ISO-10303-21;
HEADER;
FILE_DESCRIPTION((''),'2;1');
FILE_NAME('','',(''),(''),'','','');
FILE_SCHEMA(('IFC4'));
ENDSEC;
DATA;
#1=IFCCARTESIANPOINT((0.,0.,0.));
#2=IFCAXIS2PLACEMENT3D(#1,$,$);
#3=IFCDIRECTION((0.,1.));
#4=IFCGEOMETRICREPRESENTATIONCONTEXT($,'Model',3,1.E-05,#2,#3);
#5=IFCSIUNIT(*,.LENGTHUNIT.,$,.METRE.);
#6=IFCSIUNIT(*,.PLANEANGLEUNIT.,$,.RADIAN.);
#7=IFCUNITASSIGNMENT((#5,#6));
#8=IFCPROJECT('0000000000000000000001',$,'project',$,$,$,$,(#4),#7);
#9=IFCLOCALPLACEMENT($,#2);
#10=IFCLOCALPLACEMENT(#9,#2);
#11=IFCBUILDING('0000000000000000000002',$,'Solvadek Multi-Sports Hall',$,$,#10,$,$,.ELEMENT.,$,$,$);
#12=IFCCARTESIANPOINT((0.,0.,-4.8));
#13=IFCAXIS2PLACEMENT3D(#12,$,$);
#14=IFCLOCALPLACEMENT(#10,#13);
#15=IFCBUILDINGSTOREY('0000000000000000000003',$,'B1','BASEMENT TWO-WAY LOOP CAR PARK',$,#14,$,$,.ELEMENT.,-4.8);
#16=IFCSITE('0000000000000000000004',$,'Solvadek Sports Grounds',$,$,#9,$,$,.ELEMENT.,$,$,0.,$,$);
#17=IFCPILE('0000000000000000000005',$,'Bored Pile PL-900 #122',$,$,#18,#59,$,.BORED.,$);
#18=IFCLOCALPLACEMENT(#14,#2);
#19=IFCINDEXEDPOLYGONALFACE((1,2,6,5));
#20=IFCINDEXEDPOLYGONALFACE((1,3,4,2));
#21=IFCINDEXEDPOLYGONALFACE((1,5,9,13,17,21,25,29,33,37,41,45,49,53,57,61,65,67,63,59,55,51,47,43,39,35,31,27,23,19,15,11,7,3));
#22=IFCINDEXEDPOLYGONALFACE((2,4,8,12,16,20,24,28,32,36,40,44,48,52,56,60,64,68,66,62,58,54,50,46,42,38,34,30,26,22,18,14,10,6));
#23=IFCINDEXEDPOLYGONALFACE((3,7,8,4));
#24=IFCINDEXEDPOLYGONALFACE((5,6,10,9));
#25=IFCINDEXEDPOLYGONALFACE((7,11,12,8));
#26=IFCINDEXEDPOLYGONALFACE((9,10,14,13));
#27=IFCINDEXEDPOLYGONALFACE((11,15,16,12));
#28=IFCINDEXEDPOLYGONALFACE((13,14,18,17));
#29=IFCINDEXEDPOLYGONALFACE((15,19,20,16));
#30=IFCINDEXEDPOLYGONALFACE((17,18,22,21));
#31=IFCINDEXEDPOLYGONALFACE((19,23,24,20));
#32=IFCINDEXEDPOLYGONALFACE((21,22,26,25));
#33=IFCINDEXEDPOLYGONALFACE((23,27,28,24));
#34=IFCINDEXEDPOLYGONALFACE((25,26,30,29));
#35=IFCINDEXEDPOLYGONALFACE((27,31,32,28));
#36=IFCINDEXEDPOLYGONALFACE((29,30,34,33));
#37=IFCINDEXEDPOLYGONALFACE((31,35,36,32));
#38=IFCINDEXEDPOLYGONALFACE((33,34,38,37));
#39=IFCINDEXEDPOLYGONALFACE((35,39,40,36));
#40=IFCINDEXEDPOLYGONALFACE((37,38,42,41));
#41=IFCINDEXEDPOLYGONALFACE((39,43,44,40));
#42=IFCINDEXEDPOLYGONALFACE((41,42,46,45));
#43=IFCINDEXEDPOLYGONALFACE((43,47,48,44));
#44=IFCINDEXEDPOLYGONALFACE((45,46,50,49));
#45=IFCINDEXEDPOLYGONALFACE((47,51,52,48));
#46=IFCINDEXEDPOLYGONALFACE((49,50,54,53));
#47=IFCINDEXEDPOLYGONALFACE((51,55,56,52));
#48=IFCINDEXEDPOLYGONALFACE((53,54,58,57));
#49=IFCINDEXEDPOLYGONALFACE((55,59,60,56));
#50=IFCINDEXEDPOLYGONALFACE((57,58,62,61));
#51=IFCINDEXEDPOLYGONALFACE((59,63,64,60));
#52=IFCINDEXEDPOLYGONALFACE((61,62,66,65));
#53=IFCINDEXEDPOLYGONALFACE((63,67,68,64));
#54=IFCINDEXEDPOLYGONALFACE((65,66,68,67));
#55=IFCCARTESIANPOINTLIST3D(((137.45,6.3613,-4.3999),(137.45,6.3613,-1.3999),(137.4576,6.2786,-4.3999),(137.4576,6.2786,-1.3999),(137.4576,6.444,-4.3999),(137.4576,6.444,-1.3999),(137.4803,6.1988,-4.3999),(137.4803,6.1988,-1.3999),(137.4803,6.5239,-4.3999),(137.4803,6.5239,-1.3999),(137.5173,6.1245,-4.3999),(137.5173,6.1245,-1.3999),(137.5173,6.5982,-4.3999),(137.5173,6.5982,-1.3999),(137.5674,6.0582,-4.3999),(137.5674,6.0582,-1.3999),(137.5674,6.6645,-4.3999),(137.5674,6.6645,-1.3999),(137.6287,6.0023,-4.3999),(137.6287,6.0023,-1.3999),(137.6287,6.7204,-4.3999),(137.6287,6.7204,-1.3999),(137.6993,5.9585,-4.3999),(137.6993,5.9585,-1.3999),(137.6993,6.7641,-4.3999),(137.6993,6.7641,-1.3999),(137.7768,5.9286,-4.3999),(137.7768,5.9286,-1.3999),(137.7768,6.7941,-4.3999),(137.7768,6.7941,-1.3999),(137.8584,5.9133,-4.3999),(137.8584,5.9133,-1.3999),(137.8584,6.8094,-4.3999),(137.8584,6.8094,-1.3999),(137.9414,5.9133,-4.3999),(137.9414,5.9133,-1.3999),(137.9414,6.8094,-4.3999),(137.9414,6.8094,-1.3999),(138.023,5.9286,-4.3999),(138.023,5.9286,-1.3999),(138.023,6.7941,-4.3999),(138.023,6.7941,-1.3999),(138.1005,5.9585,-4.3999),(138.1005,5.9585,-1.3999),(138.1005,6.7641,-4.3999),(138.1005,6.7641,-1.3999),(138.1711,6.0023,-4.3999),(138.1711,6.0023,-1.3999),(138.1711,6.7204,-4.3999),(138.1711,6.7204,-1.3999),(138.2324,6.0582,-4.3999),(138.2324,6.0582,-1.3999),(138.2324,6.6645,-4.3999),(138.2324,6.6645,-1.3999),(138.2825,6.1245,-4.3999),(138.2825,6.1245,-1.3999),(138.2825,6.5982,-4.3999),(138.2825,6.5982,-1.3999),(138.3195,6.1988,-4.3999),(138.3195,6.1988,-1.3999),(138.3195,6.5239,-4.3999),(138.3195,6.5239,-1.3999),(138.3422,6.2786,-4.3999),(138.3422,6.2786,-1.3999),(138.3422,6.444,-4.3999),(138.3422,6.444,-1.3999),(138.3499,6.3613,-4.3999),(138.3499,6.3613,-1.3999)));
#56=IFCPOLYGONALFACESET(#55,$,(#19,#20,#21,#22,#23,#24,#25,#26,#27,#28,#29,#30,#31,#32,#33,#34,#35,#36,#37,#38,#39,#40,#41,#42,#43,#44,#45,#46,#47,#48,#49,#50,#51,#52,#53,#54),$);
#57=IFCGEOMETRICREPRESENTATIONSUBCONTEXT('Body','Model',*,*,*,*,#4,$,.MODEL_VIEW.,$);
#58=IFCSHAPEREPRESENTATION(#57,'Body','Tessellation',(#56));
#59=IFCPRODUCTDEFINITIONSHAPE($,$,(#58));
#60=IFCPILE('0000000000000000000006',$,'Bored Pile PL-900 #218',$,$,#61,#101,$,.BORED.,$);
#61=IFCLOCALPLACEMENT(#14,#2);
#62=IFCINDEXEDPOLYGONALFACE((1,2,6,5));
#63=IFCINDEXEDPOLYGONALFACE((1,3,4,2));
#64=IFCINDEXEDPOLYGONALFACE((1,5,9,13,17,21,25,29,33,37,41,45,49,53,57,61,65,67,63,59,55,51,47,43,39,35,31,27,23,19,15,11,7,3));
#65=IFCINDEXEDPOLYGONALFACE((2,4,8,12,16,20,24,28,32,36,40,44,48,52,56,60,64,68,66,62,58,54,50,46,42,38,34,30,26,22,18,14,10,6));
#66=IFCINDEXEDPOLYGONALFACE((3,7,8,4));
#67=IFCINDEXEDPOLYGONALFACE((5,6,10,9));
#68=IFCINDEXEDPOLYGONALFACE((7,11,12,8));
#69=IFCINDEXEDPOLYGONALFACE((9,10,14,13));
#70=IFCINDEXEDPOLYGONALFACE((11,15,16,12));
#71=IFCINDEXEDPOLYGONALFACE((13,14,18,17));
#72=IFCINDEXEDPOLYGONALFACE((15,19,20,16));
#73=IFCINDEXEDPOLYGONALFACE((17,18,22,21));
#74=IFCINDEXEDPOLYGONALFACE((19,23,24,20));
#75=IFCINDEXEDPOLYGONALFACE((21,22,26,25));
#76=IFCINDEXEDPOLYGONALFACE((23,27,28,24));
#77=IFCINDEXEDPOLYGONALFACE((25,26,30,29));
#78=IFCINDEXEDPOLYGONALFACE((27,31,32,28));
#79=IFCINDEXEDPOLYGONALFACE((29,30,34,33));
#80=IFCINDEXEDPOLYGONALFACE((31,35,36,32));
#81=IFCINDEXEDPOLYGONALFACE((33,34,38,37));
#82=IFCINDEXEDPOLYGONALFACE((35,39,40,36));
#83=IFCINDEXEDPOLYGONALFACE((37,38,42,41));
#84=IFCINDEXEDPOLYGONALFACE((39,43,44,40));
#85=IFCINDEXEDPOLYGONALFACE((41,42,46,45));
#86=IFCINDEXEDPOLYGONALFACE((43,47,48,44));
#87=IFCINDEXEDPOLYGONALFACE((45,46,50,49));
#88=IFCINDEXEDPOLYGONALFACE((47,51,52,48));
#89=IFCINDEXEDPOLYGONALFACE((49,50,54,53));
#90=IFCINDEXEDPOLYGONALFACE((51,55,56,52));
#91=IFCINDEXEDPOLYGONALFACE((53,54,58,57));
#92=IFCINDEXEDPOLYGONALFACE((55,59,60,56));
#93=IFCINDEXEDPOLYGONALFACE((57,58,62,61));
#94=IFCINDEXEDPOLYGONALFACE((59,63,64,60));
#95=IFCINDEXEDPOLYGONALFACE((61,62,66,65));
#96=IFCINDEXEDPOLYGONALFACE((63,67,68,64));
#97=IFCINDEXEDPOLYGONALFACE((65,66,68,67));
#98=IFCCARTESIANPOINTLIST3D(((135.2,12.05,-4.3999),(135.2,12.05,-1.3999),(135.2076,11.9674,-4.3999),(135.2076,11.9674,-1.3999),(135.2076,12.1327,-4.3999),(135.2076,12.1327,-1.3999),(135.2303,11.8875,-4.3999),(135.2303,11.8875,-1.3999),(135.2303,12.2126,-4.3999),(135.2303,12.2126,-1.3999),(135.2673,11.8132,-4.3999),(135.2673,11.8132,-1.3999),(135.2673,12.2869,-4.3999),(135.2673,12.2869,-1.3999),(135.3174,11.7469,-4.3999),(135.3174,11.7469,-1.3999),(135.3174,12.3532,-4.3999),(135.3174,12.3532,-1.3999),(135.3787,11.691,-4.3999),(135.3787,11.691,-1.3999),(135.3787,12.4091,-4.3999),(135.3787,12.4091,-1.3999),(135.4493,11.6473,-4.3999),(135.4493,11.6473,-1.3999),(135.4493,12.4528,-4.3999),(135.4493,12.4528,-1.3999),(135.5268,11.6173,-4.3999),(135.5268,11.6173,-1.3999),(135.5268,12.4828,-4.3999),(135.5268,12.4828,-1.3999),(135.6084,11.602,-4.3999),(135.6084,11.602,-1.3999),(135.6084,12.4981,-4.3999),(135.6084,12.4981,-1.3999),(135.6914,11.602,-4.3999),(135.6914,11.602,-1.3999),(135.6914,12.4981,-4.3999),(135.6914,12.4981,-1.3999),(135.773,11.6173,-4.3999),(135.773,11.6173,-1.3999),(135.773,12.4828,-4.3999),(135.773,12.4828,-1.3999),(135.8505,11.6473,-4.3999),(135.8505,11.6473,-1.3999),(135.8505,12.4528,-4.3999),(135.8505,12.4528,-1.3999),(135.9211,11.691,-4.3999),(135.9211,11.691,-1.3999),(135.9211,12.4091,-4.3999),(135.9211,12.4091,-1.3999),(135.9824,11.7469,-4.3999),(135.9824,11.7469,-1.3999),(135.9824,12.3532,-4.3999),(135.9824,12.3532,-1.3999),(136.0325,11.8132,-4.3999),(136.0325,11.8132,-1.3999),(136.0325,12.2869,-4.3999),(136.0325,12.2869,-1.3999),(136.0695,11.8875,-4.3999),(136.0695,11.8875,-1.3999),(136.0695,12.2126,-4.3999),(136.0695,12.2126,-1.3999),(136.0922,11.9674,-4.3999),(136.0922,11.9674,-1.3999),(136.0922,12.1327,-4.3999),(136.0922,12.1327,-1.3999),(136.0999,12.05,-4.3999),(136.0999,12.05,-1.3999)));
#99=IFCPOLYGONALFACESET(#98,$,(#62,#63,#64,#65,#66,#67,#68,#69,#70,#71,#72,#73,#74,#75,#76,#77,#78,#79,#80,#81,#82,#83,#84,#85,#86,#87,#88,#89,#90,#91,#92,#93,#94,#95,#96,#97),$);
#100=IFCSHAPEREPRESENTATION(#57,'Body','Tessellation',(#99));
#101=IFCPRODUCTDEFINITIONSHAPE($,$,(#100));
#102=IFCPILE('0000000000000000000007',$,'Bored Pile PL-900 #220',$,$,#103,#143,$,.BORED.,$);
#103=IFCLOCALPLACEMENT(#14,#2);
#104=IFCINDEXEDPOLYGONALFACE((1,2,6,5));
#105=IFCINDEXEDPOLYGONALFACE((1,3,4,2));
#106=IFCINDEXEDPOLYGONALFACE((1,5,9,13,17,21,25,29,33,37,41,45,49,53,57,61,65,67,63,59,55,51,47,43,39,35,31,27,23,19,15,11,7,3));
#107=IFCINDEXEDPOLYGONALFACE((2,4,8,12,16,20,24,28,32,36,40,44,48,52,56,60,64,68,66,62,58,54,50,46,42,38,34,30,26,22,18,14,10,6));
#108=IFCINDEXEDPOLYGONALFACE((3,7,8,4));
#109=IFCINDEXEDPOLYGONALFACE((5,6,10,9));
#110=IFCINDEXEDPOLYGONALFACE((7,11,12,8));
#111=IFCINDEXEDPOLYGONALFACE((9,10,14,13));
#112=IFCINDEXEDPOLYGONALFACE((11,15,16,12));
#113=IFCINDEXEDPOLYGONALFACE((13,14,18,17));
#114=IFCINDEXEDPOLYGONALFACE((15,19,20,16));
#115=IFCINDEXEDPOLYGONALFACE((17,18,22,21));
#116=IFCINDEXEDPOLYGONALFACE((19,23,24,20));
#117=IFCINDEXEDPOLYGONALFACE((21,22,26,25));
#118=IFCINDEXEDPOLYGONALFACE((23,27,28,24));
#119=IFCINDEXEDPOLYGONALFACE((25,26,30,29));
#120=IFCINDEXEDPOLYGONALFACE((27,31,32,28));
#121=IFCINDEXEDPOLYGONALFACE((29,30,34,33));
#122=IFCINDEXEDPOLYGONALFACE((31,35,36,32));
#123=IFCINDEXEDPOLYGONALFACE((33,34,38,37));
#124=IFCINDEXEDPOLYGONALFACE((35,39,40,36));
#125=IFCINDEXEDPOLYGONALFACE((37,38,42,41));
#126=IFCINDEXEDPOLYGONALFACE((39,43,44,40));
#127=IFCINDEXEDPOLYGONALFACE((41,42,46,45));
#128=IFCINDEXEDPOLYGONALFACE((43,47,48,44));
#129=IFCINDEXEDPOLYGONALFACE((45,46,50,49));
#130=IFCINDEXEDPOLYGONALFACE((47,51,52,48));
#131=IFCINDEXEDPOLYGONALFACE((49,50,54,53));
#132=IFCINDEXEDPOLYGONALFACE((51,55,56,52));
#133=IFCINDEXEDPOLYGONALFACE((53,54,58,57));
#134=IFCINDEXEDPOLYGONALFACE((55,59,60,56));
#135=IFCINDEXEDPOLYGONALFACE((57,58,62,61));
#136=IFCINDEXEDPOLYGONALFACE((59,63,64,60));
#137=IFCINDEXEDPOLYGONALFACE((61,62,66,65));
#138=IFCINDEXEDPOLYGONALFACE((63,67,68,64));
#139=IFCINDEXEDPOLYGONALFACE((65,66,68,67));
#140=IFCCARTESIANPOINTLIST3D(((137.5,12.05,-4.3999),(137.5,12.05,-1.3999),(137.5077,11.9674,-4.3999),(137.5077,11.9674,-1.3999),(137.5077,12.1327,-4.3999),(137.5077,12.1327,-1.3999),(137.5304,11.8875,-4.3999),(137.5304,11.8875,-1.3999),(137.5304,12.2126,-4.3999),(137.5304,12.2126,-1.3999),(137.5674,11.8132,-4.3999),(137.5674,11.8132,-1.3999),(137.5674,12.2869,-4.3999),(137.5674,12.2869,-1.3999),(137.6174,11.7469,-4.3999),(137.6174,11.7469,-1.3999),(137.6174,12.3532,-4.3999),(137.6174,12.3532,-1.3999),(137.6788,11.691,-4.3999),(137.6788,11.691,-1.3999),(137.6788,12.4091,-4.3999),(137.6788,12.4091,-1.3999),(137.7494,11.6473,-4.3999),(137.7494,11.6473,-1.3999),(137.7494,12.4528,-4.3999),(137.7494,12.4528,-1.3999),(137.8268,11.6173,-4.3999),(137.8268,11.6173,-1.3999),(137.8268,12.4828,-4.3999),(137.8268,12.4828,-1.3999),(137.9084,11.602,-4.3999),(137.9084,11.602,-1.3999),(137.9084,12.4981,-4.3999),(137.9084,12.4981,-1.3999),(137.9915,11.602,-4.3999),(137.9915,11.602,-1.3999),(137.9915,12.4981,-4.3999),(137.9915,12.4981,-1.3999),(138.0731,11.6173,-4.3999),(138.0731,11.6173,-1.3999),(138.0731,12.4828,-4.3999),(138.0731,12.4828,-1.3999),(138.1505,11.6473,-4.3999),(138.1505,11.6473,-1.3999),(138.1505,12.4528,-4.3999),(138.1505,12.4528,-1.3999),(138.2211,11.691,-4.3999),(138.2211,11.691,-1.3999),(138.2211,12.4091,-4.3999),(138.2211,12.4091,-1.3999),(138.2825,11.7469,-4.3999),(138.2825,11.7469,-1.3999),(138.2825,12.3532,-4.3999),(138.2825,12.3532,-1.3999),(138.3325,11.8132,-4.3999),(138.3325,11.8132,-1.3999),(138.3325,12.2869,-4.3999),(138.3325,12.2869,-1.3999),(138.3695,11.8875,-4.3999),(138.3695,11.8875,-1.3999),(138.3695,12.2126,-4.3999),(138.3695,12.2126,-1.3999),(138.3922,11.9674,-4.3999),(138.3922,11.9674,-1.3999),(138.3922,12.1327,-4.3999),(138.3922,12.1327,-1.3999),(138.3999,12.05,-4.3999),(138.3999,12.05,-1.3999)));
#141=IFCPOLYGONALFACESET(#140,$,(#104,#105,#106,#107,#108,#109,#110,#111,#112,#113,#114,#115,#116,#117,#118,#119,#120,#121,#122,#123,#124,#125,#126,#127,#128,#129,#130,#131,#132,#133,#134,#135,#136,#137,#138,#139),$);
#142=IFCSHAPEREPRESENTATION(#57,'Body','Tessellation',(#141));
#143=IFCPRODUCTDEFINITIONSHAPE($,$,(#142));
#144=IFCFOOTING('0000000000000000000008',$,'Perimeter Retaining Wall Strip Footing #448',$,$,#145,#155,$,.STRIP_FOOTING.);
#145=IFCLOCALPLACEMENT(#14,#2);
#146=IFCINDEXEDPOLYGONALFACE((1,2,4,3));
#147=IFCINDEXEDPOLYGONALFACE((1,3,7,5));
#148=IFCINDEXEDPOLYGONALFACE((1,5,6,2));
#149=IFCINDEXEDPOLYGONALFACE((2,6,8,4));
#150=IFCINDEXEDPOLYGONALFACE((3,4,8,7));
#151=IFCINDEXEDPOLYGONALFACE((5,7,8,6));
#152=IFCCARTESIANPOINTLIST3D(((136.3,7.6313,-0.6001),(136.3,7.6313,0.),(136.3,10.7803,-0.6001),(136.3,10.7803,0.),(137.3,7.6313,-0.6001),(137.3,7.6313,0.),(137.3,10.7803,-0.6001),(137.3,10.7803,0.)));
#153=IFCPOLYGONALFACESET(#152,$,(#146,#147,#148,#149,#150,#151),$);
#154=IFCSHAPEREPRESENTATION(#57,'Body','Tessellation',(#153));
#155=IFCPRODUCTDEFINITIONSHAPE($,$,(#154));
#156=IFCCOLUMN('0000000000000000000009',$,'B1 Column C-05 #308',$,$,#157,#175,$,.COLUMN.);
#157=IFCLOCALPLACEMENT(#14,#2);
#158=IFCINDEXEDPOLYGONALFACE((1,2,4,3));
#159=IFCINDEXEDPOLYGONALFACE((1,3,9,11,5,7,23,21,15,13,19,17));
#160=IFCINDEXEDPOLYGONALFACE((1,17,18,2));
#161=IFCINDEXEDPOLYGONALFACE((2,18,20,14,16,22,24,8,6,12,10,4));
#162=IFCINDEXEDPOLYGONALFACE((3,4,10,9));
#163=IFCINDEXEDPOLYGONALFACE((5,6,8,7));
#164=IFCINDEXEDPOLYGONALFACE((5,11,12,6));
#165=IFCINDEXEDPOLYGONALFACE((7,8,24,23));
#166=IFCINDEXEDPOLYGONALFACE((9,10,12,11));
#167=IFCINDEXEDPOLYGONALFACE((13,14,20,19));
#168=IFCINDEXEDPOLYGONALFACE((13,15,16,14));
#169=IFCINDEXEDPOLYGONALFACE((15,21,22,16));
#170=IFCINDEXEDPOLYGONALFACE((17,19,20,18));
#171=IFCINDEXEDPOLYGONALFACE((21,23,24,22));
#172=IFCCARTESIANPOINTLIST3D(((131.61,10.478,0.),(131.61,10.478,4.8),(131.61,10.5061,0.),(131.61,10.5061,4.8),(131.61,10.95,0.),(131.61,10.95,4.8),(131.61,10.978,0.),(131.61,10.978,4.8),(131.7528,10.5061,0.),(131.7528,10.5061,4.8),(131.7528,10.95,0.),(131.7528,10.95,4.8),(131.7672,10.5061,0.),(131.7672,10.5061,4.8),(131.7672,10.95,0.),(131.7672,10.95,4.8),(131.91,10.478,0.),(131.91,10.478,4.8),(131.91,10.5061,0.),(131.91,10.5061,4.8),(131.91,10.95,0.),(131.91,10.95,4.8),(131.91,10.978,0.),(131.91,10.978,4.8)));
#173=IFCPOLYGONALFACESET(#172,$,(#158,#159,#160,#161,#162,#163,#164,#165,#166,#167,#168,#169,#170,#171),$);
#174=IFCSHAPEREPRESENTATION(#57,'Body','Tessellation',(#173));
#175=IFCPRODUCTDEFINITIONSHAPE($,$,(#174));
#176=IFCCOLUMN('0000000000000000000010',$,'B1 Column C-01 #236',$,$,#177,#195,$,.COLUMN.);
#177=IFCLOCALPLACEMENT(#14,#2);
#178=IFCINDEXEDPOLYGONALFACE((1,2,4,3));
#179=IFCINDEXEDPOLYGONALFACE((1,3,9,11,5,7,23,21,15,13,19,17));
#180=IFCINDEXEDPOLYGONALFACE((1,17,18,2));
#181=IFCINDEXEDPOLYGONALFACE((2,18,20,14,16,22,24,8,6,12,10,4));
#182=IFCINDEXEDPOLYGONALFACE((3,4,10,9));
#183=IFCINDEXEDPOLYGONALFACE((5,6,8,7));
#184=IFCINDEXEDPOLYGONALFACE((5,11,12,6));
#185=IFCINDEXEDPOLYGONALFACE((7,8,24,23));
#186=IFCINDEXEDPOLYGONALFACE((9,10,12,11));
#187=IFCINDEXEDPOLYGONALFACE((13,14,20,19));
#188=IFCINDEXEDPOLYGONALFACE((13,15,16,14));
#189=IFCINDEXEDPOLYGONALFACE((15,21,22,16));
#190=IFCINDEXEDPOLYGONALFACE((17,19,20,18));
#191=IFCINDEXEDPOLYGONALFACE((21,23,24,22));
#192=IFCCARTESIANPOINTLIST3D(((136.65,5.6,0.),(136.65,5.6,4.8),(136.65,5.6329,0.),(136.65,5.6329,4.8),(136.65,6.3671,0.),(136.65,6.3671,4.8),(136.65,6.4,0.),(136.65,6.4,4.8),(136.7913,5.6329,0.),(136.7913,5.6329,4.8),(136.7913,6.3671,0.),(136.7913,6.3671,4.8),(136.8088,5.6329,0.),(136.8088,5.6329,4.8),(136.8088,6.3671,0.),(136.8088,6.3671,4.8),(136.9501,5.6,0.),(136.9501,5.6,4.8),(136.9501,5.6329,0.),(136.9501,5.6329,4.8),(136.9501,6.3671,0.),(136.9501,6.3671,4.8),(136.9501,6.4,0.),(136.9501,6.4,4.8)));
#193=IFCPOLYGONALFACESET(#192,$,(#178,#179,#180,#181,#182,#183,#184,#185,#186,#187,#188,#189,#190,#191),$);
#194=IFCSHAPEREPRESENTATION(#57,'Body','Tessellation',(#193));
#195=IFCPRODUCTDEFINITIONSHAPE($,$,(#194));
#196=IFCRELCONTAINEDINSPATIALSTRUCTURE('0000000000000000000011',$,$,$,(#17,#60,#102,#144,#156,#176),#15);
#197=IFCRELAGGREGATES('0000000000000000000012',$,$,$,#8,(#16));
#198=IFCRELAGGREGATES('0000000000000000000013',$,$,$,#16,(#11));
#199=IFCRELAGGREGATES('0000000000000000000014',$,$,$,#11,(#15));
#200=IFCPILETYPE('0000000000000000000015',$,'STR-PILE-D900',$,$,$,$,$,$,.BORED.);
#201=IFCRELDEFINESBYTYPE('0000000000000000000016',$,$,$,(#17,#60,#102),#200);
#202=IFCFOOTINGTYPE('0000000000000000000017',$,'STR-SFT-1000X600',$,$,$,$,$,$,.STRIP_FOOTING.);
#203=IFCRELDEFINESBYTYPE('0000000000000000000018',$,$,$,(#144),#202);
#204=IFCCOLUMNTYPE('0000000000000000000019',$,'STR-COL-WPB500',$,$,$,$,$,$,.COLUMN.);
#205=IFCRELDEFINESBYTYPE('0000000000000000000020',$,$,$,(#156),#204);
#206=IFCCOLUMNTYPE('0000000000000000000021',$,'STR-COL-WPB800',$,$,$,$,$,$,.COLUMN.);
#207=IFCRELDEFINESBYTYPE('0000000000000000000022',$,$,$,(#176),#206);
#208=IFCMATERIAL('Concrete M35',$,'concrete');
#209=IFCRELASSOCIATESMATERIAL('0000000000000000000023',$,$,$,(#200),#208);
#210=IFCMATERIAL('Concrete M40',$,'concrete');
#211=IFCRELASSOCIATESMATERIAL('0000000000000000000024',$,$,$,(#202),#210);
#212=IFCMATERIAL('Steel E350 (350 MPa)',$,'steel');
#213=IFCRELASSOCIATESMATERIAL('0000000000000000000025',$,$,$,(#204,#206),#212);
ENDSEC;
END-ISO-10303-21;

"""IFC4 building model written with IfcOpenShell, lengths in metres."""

from ifc_helpers import new_model, si_unit, direction, frame, origin, origin_2d, place, context, subcontext, project, spatial, rectangle, circle, i_section, extrude, material, material_profile, profile_set, type_object, element, save


model = new_model("IFC4")

# Units and contexts
model_context = context("Model", 3, precision=1e-05, world=origin(), true_north=direction((0.0, 1.0)))
body_context = subcontext(model_context, "Body", "Model", "MODEL_VIEW")
ifc_project = project(units=[si_unit("LENGTHUNIT", "METRE"), si_unit("PLANEANGLEUNIT", "RADIAN")], contexts=[model_context])

# Site, building, storey
site_placement = place(None, origin())
site = spatial("IfcSite", under=ifc_project, at=site_placement, Name="Solvadek Sports Grounds", CompositionType="ELEMENT", RefElevation=0.0)
building_placement = place(site_placement, origin())
building = spatial("IfcBuilding", under=site, at=building_placement, Name="Solvadek Multi-Sports Hall", CompositionType="ELEMENT")
storey_placement = place(building_placement, frame((0.0, 0.0, -4.8)))
storey = spatial("IfcBuildingStorey", under=building, at=storey_placement, Name="B1", Description="BASEMENT TWO-WAY LOOP CAR PARK", CompositionType="ELEMENT", Elevation=-4.8)

# Shared definitions
ifc_material_1 = material(Name="Concrete M40", Category="concrete")

# Piles
ifc_material_2 = material(Name="Concrete M35", Category="concrete")
ifc_material_profile_1 = material_profile(ifc_material_2, circle(Radius=0.45, at=origin_2d()), Name="BORED PILE D900")
ifc_profile_set_1 = profile_set([ifc_material_profile_1], Name="Concrete M35")
pile_type_1 = type_object("IfcPileType", Name="STR-PILE-D900", PredefinedType="BORED", material=ifc_profile_set_1)
for number, where, z_axis, x_axis, name in (
    (1, (137.8999, 6.3613, -1.3999), (0.0, 0.0, -1.0), (1.0, 0.0, 0.0), "Bored Pile PL-900 #122"),
    (2, (135.6499, 12.05, -1.3999), (0.0, 0.0, -1.0), (1.0, 0.0, 0.0), "Bored Pile PL-900 #218"),
    (3, (137.95, 12.05, -1.3999), (0.0, 0.0, -1.0), (1.0, 0.0, 0.0), "Bored Pile PL-900 #220"),
):
    element("IfcPile", number, at=place(storey_placement, frame(where, z_axis=z_axis, x_axis=x_axis)), inside=storey, type_object=pile_type_1, Name=name, PredefinedType="BORED", context=body_context, shape_type="SweptSolid", body=[
        extrude(circle(Radius=0.45, at=origin_2d()), origin(), (0.0, 0.0, 1.0), 3.0),
    ])

# Footing
footing_type_1 = type_object("IfcFootingType", Name="STR-SFT-1000X600", PredefinedType="STRIP_FOOTING", material=ifc_material_1)
footing_1_placement = place(storey_placement, frame((136.8, 9.2058, -0.6001), z_axis=(0.0, 0.0, 1.0), x_axis=(0.0, 1.0, 0.0)))
element("IfcFooting", 4, at=footing_1_placement, inside=storey, type_object=footing_type_1, Name="Perimeter Retaining Wall Strip Footing #448", PredefinedType="STRIP_FOOTING", context=body_context, shape_type="SweptSolid", body=[
    extrude(rectangle(XDim=3.1489, YDim=1.0, at=origin_2d()), origin(), (0.0, 0.0, 1.0), 0.6001),
])

# Columns
ifc_material_3 = material(Name="Steel E350 (350 MPa)", Category="steel")
ifc_material_profile_2 = material_profile(ifc_material_3, i_section(OverallWidth=0.3, OverallDepth=0.5, WebThickness=0.0144, FlangeThickness=0.0281, at=origin_2d()), Name="WPB 500")
ifc_profile_set_2 = profile_set([ifc_material_profile_2], Name="Steel E350 (350 MPa)")
column_type_1 = type_object("IfcColumnType", Name="STR-COL-WPB500", PredefinedType="COLUMN", material=ifc_profile_set_2)
column_1_placement = place(storey_placement, frame((131.76, 10.728, 0.0), z_axis=(0.0, 0.0, 1.0), x_axis=(1.0, 0.0, 0.0)))
element("IfcColumn", 5, at=column_1_placement, inside=storey, type_object=column_type_1, Name="B1 Column C-05 #308", PredefinedType="COLUMN", context=body_context, shape_type="SweptSolid", body=[
    extrude(i_section(OverallWidth=0.3, OverallDepth=0.5, WebThickness=0.0144, FlangeThickness=0.0281, at=origin_2d()), origin(), (0.0, 0.0, 1.0), 4.8),
])
ifc_material_profile_3 = material_profile(ifc_material_3, i_section(OverallWidth=0.3, OverallDepth=0.8, WebThickness=0.0176, FlangeThickness=0.033, at=origin_2d()), Name="WPB 800")
ifc_profile_set_3 = profile_set([ifc_material_profile_3], Name="Steel E350 (350 MPa)")
column_type_2 = type_object("IfcColumnType", Name="STR-COL-WPB800", PredefinedType="COLUMN", material=ifc_profile_set_3)
column_2_placement = place(storey_placement, frame((136.8, 6.0, 0.0), z_axis=(0.0, 0.0, 1.0), x_axis=(1.0, 0.0, 0.0)))
element("IfcColumn", 6, at=column_2_placement, inside=storey, type_object=column_type_2, Name="B1 Column C-01 #236", PredefinedType="COLUMN", context=body_context, shape_type="SweptSolid", body=[
    extrude(i_section(OverallWidth=0.3, OverallDepth=0.8, WebThickness=0.0176, FlangeThickness=0.033, at=origin_2d()), origin(), (0.0, 0.0, 1.0), 4.8),
])

save(model, "model.ifc")
